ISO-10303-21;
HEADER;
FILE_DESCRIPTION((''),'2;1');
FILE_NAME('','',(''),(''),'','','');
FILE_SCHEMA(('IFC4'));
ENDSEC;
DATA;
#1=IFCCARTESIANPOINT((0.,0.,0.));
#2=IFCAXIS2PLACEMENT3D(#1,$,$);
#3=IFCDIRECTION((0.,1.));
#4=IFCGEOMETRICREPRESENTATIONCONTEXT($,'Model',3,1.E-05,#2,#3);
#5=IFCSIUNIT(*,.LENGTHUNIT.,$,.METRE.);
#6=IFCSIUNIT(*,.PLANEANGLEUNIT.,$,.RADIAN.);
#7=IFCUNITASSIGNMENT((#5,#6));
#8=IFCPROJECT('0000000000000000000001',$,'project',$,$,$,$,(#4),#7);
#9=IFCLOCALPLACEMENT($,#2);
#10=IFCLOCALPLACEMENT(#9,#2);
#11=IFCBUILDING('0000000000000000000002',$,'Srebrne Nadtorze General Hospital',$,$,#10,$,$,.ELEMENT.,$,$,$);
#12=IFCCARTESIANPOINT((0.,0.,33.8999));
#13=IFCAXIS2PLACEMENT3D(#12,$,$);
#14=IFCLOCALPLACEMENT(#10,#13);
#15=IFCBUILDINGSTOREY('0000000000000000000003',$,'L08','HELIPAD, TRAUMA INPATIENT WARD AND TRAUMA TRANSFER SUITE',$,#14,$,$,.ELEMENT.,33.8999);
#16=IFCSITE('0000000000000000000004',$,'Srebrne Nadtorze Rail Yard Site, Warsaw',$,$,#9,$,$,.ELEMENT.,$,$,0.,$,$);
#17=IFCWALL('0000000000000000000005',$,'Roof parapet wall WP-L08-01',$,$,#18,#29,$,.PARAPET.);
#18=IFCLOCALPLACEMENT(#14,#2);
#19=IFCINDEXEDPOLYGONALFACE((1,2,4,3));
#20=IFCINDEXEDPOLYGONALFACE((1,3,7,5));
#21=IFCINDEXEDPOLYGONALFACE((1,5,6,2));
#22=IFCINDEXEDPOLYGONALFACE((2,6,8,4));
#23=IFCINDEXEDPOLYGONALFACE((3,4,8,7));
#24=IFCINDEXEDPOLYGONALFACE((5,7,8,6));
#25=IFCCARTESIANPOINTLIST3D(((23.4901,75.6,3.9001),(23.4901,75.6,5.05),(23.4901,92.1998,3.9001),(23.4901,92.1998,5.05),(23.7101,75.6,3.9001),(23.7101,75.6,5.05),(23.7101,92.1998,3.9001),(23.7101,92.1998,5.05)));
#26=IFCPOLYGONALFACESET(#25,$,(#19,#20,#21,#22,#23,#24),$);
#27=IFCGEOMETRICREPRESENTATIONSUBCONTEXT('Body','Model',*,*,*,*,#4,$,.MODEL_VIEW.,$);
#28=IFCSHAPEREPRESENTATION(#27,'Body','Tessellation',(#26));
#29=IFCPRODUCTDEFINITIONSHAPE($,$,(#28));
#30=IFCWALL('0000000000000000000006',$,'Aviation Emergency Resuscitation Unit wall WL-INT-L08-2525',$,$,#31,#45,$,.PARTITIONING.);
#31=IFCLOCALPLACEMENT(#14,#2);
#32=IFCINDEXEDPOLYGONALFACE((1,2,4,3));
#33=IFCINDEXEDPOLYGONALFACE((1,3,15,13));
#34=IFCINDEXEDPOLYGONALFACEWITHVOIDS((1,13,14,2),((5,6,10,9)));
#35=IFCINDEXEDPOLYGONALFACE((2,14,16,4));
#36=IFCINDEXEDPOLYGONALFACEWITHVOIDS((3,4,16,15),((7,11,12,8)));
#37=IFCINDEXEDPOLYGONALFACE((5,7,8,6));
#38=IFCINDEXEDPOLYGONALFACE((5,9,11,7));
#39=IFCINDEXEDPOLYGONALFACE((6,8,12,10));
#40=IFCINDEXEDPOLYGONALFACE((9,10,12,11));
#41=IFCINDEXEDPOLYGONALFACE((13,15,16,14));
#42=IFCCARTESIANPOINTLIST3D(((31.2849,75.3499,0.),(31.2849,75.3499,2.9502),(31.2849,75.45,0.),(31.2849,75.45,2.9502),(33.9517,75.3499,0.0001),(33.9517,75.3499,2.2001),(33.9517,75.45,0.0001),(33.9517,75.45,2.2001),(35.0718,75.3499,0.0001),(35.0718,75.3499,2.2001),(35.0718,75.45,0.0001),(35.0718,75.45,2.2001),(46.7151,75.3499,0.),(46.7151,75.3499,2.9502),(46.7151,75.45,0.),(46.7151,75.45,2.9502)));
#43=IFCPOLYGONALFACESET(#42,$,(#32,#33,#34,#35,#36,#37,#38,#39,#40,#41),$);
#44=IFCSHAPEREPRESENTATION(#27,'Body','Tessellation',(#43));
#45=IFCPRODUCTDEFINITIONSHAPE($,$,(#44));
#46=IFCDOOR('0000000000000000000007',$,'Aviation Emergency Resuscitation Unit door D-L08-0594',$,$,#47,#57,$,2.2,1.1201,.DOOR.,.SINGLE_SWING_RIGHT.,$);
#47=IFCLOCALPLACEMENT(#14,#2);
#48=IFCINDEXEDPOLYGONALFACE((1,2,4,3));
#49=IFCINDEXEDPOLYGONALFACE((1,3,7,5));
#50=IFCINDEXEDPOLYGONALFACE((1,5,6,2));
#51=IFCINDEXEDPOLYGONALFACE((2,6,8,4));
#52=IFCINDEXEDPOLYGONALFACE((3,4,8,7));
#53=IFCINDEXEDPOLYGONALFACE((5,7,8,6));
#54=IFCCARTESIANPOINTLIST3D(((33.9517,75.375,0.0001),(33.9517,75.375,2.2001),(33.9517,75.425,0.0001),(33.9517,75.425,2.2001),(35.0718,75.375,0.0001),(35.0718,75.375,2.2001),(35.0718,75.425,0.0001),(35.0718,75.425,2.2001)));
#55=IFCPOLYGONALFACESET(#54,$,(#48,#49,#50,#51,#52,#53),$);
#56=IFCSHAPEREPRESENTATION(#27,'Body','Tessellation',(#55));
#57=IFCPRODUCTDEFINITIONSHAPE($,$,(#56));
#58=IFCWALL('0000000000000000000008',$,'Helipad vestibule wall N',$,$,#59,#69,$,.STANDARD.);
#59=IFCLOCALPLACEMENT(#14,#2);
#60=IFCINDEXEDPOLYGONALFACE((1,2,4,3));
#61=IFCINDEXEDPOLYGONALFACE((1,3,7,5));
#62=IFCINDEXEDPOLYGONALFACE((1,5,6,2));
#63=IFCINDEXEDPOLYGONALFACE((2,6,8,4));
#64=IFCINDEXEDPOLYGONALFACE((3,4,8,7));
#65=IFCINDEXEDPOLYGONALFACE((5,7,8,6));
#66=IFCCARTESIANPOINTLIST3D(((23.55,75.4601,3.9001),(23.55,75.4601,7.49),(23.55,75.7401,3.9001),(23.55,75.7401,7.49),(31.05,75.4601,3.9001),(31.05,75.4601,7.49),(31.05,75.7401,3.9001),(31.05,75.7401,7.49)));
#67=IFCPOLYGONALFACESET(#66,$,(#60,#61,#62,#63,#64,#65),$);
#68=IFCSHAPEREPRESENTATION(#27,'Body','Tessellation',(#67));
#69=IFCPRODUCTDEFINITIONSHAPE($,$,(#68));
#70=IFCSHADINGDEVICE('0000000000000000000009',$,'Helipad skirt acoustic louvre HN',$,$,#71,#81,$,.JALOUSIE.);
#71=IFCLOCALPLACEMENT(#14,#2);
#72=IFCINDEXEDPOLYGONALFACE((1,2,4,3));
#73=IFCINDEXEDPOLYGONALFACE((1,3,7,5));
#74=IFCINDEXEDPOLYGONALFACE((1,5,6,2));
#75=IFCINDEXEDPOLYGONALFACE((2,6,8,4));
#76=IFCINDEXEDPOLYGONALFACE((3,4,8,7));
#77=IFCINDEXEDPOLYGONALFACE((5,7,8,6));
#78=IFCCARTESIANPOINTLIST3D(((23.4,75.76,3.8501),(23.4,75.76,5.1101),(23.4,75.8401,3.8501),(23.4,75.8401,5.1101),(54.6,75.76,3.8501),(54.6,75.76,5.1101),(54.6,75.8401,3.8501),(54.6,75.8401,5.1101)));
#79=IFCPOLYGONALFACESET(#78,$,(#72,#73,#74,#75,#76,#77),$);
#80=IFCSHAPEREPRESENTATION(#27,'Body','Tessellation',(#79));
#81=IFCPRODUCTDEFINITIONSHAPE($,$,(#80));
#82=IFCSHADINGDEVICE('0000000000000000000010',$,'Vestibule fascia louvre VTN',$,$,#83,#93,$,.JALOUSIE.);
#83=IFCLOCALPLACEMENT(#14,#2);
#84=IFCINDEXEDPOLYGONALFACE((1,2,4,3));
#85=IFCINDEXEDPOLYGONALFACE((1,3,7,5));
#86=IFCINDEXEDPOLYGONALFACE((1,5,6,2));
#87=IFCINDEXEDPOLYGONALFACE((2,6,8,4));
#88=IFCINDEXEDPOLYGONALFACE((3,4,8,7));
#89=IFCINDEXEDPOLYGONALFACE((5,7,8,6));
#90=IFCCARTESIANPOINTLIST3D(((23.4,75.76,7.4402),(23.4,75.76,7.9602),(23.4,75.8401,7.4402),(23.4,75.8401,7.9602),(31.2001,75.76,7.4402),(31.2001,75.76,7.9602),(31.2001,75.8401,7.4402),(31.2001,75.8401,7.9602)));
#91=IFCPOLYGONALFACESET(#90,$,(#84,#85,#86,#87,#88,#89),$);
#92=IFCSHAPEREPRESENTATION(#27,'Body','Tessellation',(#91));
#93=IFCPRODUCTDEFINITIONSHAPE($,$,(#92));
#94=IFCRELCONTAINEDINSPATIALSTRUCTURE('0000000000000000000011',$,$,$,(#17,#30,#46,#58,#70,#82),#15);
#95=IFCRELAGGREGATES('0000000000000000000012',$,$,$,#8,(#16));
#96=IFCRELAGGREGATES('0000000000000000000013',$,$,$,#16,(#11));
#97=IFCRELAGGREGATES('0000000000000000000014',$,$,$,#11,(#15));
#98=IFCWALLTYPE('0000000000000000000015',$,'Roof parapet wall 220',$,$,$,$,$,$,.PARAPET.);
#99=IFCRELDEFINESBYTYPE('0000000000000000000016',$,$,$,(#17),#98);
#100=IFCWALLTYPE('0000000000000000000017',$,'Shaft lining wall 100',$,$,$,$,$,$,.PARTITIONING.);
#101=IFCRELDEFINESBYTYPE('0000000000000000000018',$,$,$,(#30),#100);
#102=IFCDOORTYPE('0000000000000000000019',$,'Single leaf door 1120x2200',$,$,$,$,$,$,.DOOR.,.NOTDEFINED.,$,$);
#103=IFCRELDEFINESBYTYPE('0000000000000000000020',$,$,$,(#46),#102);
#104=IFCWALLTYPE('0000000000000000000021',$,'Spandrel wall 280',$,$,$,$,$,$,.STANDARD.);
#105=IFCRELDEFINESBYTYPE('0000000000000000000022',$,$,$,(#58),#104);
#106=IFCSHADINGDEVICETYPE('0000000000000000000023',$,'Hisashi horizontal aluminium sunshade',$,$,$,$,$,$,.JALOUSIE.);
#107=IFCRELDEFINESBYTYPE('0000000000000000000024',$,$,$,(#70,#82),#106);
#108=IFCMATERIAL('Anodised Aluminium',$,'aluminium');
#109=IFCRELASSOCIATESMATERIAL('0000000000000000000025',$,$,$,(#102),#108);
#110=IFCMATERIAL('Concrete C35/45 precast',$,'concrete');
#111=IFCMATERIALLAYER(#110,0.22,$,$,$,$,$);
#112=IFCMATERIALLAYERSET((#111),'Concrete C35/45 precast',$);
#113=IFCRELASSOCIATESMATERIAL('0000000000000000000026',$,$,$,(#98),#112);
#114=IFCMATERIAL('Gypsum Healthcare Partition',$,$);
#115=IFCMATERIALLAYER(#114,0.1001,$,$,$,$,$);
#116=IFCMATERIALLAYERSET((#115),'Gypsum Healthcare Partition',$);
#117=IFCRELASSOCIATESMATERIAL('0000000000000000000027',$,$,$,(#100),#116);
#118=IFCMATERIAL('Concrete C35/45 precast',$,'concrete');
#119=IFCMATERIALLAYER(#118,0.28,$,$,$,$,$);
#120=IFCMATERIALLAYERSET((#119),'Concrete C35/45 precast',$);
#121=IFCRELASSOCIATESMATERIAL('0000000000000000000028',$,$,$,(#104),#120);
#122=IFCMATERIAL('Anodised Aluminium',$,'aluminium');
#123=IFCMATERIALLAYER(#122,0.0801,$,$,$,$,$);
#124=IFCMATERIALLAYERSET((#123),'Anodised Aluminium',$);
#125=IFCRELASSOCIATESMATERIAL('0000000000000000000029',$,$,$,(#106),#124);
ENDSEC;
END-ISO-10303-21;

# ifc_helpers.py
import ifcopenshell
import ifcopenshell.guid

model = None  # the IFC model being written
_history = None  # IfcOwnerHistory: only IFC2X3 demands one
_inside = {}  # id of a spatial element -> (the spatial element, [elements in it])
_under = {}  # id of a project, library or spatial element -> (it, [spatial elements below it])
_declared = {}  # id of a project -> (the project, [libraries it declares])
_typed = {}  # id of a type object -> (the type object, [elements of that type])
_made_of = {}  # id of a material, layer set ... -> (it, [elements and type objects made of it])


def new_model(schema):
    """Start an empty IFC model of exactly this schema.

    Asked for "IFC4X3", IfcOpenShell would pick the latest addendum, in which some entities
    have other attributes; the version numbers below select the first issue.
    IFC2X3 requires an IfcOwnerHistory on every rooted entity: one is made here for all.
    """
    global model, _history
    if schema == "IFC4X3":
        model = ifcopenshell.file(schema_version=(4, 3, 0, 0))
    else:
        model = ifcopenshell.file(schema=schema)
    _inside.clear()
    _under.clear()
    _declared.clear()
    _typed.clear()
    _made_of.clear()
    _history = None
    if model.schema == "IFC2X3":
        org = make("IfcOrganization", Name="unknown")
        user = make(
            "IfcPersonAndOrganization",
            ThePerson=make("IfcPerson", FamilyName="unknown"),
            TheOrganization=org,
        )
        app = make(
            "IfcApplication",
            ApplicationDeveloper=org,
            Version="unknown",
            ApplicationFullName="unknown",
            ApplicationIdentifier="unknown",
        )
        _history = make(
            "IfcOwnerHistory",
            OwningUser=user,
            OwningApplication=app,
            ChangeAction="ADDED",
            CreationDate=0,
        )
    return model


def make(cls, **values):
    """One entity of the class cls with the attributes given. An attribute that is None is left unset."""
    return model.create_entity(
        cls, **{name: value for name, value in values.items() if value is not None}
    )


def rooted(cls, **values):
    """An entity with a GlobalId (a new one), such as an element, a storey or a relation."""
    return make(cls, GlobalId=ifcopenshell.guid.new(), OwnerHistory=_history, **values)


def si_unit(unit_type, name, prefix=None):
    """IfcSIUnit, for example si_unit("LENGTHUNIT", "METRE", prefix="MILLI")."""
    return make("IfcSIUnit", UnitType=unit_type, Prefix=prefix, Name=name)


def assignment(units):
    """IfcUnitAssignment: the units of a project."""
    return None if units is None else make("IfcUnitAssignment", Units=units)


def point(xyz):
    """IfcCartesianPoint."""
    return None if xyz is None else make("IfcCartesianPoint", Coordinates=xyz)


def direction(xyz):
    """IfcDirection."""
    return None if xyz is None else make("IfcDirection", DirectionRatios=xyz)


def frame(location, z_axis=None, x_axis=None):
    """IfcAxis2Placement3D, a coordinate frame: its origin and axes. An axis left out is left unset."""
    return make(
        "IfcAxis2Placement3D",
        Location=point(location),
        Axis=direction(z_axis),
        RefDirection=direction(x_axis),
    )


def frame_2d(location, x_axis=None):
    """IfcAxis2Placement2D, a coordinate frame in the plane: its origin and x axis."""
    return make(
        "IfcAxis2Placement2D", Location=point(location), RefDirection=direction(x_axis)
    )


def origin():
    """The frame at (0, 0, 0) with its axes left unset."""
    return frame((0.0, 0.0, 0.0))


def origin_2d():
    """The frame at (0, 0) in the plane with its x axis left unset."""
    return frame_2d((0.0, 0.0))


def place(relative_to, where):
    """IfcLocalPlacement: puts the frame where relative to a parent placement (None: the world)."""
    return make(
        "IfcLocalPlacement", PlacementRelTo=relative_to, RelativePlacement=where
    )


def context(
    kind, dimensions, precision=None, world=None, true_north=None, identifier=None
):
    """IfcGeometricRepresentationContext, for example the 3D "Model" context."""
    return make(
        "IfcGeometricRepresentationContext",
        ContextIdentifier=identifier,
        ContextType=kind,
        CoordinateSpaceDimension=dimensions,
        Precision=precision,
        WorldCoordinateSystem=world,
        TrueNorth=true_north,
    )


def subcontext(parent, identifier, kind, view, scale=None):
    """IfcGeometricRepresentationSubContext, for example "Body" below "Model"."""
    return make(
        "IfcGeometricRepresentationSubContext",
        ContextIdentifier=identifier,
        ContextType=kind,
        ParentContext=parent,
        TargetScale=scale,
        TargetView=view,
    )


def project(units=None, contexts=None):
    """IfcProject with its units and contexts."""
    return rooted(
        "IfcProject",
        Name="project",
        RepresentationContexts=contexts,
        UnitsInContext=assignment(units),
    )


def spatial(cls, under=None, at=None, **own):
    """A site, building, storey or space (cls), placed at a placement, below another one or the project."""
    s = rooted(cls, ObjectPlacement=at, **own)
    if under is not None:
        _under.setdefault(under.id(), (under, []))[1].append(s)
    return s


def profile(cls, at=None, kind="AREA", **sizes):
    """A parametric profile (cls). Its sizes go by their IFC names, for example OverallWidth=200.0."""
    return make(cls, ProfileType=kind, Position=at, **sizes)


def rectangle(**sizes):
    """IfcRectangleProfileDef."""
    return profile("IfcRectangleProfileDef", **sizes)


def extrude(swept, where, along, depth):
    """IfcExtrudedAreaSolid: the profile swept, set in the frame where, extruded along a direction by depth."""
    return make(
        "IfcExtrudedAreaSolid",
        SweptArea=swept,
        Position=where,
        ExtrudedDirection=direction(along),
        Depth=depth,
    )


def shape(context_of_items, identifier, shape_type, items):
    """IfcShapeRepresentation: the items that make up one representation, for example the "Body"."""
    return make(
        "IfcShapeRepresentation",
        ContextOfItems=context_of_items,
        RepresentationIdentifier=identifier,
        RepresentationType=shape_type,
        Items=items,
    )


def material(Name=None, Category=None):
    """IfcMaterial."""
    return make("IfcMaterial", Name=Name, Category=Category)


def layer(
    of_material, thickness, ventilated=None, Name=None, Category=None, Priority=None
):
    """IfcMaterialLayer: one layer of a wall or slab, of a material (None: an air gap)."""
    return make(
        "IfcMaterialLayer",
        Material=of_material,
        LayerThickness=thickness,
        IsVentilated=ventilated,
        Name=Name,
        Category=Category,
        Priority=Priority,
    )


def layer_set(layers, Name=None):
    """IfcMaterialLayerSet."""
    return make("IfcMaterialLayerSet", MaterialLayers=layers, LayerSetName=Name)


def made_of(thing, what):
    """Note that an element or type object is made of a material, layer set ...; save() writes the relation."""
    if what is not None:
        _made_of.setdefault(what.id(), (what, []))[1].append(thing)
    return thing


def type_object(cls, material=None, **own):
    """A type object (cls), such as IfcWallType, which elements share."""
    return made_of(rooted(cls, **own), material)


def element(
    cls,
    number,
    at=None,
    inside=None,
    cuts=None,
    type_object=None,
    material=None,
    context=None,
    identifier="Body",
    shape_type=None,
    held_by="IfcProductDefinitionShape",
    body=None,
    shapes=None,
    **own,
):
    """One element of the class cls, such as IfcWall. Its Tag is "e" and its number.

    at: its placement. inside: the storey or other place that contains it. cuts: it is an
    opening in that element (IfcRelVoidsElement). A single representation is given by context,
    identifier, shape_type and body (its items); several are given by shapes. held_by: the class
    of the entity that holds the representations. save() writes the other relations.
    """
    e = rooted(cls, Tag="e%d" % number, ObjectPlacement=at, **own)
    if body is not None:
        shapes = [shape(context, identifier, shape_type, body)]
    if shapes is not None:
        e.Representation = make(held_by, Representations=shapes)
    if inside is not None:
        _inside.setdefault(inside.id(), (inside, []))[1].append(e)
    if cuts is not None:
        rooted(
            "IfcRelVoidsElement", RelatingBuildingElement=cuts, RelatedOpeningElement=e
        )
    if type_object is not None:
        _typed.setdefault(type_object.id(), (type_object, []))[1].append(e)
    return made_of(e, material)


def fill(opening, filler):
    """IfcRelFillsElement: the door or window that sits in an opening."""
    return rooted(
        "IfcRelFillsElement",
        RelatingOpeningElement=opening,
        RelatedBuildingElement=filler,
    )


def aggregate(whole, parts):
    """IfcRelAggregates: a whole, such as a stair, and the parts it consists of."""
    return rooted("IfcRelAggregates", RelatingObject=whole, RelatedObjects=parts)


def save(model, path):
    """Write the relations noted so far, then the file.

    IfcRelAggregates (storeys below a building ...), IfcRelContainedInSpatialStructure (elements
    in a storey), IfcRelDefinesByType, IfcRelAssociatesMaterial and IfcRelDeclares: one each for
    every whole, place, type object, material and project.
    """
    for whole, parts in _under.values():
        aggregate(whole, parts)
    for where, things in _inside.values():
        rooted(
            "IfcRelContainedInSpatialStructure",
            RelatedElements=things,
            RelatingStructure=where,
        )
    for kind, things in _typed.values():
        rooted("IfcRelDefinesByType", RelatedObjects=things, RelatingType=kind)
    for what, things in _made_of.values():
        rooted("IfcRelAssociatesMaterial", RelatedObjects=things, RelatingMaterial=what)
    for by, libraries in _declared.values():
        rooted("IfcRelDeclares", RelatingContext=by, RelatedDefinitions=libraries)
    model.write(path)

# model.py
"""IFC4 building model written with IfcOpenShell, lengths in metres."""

from ifc_helpers import new_model, si_unit, direction, frame, frame_2d, origin, origin_2d, place, context, subcontext, project, spatial, rectangle, extrude, material, layer, layer_set, type_object, element, fill, save


model = new_model("IFC4")

# Units and contexts
model_context = context("Model", 3, precision=1e-05, world=origin(), true_north=direction((0.0, 1.0)))
body_context = subcontext(model_context, "Body", "Model", "MODEL_VIEW")
ifc_project = project(units=[si_unit("LENGTHUNIT", "METRE"), si_unit("PLANEANGLEUNIT", "RADIAN")], contexts=[model_context])

# Site, building, storey
site_placement = place(None, origin())
site = spatial("IfcSite", under=ifc_project, at=site_placement, Name="Srebrne Nadtorze Rail Yard Site, Warsaw", CompositionType="ELEMENT", RefElevation=0.0)
building_placement = place(site_placement, origin())
building = spatial("IfcBuilding", under=site, at=building_placement, Name="Srebrne Nadtorze General Hospital", CompositionType="ELEMENT")
storey_placement = place(building_placement, frame((0.0, 0.0, 33.8999)))
storey = spatial("IfcBuildingStorey", under=building, at=storey_placement, Name="L08", Description="HELIPAD, TRAUMA INPATIENT WARD AND TRAUMA TRANSFER SUITE", CompositionType="ELEMENT", Elevation=33.8999)

# Shared definitions
ifc_material_1 = material(Name="Anodised Aluminium", Category="aluminium")
door_type_1 = type_object("IfcDoorType", Name="Single leaf door 1120x2200", OperationType="NOTDEFINED", PredefinedType="DOOR", material=ifc_material_1)

# Wall
ifc_material_2 = material(Name="Concrete C35/45 precast", Category="concrete")
ifc_layer_1 = layer(ifc_material_2, 0.22)
ifc_layer_set_1 = layer_set([ifc_layer_1], Name="Concrete C35/45 precast")
wall_type_1 = type_object("IfcWallType", Name="Roof parapet wall 220", PredefinedType="PARAPET", material=ifc_layer_set_1)
wall_1_placement = place(storey_placement, frame((23.6001, 75.6001, 3.9001), z_axis=(0.0, 0.0, 1.0), x_axis=(0.0, 1.0, 0.0)))
element("IfcWall", 1, at=wall_1_placement, inside=storey, type_object=wall_type_1, Name="Roof parapet wall WP-L08-01", PredefinedType="PARAPET", context=body_context, shape_type="SweptSolid", body=[
    extrude(rectangle(XDim=16.5999, YDim=0.22, at=frame_2d((8.2998, 0.0))), origin(), (0.0, 0.0, 1.0), 1.1499),
])

# Wall, opening, door
ifc_material_3 = material(Name="Gypsum Healthcare Partition")
ifc_layer_2 = layer(ifc_material_3, 0.1001)
ifc_layer_set_2 = layer_set([ifc_layer_2], Name="Gypsum Healthcare Partition")
wall_type_2 = type_object("IfcWallType", Name="Shaft lining wall 100", PredefinedType="PARTITIONING", material=ifc_layer_set_2)
wall_2_placement = place(storey_placement, frame((31.2849, 75.3999, 0.0), z_axis=(0.0, 0.0, 1.0), x_axis=(1.0, 0.0, 0.0)))
wall_2 = element("IfcWall", 2, at=wall_2_placement, inside=storey, type_object=wall_type_2, Name="Aviation Emergency Resuscitation Unit wall WL-INT-L08-2525", PredefinedType="PARTITIONING", context=body_context, shape_type="SweptSolid", body=[
    extrude(rectangle(XDim=15.4302, YDim=0.1001, at=frame_2d((7.7151, 0.0))), origin(), (0.0, 0.0, 1.0), 2.9502),
])
opening_1_placement = place(wall_2_placement, frame((2.6667, 0.0, 0.0)))
opening_1 = element("IfcOpeningElement", 3, at=opening_1_placement, cuts=wall_2, PredefinedType="OPENING", context=body_context, shape_type="SweptSolid", body=[
    extrude(rectangle(XDim=1.1201, YDim=2.2, at=frame_2d((0.5601, 1.1001))), frame((0.0, 0.062, 0.0), z_axis=(0.0, -1.0, 0.0), x_axis=(1.0, 0.0, 0.0)), (0.0, 0.0, 1.0), 0.124),
])
door_1_placement = place(opening_1_placement, frame((1.1201, 0.0, 0.0), z_axis=(0.0, 0.0, 1.0), x_axis=(-1.0, 0.0, 0.0)))
door_1 = element("IfcDoor", 4, at=door_1_placement, inside=storey, type_object=door_type_1, Name="Aviation Emergency Resuscitation Unit door D-L08-0594", OperationType="SINGLE_SWING_RIGHT", OverallHeight=2.2, OverallWidth=1.1201, PredefinedType="DOOR", context=body_context, shape_type="SweptSolid", body=[
    extrude(rectangle(XDim=1.1201, YDim=2.2, at=frame_2d((0.5601, 1.1001))), frame((0.0, 0.0249, 0.0), z_axis=(0.0, -1.0, 0.0), x_axis=(1.0, 0.0, 0.0)), (0.0, 0.0, 1.0), 0.05),
])
fill(opening_1, door_1)

# Wall
ifc_material_4 = material(Name="Concrete C35/45 precast", Category="concrete")
ifc_layer_3 = layer(ifc_material_4, 0.28)
ifc_layer_set_3 = layer_set([ifc_layer_3], Name="Concrete C35/45 precast")
wall_type_3 = type_object("IfcWallType", Name="Spandrel wall 280", PredefinedType="STANDARD", material=ifc_layer_set_3)
wall_3_placement = place(storey_placement, frame((23.55, 75.6001, 3.9001), z_axis=(0.0, 0.0, 1.0), x_axis=(1.0, 0.0, 0.0)))
element("IfcWall", 5, at=wall_3_placement, inside=storey, type_object=wall_type_3, Name="Helipad vestibule wall N", PredefinedType="STANDARD", context=body_context, shape_type="SweptSolid", body=[
    extrude(rectangle(XDim=7.5, YDim=0.28, at=frame_2d((3.75, 0.0))), origin(), (0.0, 0.0, 1.0), 3.5898),
])

# Shading devices
ifc_material_5 = material(Name="Anodised Aluminium", Category="aluminium")
ifc_layer_4 = layer(ifc_material_5, 0.0801)
ifc_layer_set_4 = layer_set([ifc_layer_4], Name="Anodised Aluminium")
shading_device_type = type_object("IfcShadingDeviceType", Name="Hisashi horizontal aluminium sunshade", PredefinedType="JALOUSIE", material=ifc_layer_set_4)
shading_device_1_placement = place(storey_placement, frame((39.0, 75.8, 3.8501), z_axis=(0.0, 0.0, 1.0), x_axis=(1.0, 0.0, 0.0)))
element("IfcShadingDevice", 6, at=shading_device_1_placement, inside=storey, type_object=shading_device_type, Name="Helipad skirt acoustic louvre HN", PredefinedType="JALOUSIE", context=body_context, shape_type="SweptSolid", body=[
    extrude(rectangle(XDim=31.2, YDim=0.0801, at=origin_2d()), origin(), (0.0, 0.0, 1.0), 1.26),
])
shading_device_2_placement = place(storey_placement, frame((27.3, 75.8, 7.4402), z_axis=(0.0, 0.0, 1.0), x_axis=(1.0, 0.0, 0.0)))
element("IfcShadingDevice", 7, at=shading_device_2_placement, inside=storey, type_object=shading_device_type, Name="Vestibule fascia louvre VTN", PredefinedType="JALOUSIE", context=body_context, shape_type="SweptSolid", body=[
    extrude(rectangle(XDim=7.8, YDim=0.0801, at=origin_2d()), origin(), (0.0, 0.0, 1.0), 0.52),
])

save(model, "model.ifc")
